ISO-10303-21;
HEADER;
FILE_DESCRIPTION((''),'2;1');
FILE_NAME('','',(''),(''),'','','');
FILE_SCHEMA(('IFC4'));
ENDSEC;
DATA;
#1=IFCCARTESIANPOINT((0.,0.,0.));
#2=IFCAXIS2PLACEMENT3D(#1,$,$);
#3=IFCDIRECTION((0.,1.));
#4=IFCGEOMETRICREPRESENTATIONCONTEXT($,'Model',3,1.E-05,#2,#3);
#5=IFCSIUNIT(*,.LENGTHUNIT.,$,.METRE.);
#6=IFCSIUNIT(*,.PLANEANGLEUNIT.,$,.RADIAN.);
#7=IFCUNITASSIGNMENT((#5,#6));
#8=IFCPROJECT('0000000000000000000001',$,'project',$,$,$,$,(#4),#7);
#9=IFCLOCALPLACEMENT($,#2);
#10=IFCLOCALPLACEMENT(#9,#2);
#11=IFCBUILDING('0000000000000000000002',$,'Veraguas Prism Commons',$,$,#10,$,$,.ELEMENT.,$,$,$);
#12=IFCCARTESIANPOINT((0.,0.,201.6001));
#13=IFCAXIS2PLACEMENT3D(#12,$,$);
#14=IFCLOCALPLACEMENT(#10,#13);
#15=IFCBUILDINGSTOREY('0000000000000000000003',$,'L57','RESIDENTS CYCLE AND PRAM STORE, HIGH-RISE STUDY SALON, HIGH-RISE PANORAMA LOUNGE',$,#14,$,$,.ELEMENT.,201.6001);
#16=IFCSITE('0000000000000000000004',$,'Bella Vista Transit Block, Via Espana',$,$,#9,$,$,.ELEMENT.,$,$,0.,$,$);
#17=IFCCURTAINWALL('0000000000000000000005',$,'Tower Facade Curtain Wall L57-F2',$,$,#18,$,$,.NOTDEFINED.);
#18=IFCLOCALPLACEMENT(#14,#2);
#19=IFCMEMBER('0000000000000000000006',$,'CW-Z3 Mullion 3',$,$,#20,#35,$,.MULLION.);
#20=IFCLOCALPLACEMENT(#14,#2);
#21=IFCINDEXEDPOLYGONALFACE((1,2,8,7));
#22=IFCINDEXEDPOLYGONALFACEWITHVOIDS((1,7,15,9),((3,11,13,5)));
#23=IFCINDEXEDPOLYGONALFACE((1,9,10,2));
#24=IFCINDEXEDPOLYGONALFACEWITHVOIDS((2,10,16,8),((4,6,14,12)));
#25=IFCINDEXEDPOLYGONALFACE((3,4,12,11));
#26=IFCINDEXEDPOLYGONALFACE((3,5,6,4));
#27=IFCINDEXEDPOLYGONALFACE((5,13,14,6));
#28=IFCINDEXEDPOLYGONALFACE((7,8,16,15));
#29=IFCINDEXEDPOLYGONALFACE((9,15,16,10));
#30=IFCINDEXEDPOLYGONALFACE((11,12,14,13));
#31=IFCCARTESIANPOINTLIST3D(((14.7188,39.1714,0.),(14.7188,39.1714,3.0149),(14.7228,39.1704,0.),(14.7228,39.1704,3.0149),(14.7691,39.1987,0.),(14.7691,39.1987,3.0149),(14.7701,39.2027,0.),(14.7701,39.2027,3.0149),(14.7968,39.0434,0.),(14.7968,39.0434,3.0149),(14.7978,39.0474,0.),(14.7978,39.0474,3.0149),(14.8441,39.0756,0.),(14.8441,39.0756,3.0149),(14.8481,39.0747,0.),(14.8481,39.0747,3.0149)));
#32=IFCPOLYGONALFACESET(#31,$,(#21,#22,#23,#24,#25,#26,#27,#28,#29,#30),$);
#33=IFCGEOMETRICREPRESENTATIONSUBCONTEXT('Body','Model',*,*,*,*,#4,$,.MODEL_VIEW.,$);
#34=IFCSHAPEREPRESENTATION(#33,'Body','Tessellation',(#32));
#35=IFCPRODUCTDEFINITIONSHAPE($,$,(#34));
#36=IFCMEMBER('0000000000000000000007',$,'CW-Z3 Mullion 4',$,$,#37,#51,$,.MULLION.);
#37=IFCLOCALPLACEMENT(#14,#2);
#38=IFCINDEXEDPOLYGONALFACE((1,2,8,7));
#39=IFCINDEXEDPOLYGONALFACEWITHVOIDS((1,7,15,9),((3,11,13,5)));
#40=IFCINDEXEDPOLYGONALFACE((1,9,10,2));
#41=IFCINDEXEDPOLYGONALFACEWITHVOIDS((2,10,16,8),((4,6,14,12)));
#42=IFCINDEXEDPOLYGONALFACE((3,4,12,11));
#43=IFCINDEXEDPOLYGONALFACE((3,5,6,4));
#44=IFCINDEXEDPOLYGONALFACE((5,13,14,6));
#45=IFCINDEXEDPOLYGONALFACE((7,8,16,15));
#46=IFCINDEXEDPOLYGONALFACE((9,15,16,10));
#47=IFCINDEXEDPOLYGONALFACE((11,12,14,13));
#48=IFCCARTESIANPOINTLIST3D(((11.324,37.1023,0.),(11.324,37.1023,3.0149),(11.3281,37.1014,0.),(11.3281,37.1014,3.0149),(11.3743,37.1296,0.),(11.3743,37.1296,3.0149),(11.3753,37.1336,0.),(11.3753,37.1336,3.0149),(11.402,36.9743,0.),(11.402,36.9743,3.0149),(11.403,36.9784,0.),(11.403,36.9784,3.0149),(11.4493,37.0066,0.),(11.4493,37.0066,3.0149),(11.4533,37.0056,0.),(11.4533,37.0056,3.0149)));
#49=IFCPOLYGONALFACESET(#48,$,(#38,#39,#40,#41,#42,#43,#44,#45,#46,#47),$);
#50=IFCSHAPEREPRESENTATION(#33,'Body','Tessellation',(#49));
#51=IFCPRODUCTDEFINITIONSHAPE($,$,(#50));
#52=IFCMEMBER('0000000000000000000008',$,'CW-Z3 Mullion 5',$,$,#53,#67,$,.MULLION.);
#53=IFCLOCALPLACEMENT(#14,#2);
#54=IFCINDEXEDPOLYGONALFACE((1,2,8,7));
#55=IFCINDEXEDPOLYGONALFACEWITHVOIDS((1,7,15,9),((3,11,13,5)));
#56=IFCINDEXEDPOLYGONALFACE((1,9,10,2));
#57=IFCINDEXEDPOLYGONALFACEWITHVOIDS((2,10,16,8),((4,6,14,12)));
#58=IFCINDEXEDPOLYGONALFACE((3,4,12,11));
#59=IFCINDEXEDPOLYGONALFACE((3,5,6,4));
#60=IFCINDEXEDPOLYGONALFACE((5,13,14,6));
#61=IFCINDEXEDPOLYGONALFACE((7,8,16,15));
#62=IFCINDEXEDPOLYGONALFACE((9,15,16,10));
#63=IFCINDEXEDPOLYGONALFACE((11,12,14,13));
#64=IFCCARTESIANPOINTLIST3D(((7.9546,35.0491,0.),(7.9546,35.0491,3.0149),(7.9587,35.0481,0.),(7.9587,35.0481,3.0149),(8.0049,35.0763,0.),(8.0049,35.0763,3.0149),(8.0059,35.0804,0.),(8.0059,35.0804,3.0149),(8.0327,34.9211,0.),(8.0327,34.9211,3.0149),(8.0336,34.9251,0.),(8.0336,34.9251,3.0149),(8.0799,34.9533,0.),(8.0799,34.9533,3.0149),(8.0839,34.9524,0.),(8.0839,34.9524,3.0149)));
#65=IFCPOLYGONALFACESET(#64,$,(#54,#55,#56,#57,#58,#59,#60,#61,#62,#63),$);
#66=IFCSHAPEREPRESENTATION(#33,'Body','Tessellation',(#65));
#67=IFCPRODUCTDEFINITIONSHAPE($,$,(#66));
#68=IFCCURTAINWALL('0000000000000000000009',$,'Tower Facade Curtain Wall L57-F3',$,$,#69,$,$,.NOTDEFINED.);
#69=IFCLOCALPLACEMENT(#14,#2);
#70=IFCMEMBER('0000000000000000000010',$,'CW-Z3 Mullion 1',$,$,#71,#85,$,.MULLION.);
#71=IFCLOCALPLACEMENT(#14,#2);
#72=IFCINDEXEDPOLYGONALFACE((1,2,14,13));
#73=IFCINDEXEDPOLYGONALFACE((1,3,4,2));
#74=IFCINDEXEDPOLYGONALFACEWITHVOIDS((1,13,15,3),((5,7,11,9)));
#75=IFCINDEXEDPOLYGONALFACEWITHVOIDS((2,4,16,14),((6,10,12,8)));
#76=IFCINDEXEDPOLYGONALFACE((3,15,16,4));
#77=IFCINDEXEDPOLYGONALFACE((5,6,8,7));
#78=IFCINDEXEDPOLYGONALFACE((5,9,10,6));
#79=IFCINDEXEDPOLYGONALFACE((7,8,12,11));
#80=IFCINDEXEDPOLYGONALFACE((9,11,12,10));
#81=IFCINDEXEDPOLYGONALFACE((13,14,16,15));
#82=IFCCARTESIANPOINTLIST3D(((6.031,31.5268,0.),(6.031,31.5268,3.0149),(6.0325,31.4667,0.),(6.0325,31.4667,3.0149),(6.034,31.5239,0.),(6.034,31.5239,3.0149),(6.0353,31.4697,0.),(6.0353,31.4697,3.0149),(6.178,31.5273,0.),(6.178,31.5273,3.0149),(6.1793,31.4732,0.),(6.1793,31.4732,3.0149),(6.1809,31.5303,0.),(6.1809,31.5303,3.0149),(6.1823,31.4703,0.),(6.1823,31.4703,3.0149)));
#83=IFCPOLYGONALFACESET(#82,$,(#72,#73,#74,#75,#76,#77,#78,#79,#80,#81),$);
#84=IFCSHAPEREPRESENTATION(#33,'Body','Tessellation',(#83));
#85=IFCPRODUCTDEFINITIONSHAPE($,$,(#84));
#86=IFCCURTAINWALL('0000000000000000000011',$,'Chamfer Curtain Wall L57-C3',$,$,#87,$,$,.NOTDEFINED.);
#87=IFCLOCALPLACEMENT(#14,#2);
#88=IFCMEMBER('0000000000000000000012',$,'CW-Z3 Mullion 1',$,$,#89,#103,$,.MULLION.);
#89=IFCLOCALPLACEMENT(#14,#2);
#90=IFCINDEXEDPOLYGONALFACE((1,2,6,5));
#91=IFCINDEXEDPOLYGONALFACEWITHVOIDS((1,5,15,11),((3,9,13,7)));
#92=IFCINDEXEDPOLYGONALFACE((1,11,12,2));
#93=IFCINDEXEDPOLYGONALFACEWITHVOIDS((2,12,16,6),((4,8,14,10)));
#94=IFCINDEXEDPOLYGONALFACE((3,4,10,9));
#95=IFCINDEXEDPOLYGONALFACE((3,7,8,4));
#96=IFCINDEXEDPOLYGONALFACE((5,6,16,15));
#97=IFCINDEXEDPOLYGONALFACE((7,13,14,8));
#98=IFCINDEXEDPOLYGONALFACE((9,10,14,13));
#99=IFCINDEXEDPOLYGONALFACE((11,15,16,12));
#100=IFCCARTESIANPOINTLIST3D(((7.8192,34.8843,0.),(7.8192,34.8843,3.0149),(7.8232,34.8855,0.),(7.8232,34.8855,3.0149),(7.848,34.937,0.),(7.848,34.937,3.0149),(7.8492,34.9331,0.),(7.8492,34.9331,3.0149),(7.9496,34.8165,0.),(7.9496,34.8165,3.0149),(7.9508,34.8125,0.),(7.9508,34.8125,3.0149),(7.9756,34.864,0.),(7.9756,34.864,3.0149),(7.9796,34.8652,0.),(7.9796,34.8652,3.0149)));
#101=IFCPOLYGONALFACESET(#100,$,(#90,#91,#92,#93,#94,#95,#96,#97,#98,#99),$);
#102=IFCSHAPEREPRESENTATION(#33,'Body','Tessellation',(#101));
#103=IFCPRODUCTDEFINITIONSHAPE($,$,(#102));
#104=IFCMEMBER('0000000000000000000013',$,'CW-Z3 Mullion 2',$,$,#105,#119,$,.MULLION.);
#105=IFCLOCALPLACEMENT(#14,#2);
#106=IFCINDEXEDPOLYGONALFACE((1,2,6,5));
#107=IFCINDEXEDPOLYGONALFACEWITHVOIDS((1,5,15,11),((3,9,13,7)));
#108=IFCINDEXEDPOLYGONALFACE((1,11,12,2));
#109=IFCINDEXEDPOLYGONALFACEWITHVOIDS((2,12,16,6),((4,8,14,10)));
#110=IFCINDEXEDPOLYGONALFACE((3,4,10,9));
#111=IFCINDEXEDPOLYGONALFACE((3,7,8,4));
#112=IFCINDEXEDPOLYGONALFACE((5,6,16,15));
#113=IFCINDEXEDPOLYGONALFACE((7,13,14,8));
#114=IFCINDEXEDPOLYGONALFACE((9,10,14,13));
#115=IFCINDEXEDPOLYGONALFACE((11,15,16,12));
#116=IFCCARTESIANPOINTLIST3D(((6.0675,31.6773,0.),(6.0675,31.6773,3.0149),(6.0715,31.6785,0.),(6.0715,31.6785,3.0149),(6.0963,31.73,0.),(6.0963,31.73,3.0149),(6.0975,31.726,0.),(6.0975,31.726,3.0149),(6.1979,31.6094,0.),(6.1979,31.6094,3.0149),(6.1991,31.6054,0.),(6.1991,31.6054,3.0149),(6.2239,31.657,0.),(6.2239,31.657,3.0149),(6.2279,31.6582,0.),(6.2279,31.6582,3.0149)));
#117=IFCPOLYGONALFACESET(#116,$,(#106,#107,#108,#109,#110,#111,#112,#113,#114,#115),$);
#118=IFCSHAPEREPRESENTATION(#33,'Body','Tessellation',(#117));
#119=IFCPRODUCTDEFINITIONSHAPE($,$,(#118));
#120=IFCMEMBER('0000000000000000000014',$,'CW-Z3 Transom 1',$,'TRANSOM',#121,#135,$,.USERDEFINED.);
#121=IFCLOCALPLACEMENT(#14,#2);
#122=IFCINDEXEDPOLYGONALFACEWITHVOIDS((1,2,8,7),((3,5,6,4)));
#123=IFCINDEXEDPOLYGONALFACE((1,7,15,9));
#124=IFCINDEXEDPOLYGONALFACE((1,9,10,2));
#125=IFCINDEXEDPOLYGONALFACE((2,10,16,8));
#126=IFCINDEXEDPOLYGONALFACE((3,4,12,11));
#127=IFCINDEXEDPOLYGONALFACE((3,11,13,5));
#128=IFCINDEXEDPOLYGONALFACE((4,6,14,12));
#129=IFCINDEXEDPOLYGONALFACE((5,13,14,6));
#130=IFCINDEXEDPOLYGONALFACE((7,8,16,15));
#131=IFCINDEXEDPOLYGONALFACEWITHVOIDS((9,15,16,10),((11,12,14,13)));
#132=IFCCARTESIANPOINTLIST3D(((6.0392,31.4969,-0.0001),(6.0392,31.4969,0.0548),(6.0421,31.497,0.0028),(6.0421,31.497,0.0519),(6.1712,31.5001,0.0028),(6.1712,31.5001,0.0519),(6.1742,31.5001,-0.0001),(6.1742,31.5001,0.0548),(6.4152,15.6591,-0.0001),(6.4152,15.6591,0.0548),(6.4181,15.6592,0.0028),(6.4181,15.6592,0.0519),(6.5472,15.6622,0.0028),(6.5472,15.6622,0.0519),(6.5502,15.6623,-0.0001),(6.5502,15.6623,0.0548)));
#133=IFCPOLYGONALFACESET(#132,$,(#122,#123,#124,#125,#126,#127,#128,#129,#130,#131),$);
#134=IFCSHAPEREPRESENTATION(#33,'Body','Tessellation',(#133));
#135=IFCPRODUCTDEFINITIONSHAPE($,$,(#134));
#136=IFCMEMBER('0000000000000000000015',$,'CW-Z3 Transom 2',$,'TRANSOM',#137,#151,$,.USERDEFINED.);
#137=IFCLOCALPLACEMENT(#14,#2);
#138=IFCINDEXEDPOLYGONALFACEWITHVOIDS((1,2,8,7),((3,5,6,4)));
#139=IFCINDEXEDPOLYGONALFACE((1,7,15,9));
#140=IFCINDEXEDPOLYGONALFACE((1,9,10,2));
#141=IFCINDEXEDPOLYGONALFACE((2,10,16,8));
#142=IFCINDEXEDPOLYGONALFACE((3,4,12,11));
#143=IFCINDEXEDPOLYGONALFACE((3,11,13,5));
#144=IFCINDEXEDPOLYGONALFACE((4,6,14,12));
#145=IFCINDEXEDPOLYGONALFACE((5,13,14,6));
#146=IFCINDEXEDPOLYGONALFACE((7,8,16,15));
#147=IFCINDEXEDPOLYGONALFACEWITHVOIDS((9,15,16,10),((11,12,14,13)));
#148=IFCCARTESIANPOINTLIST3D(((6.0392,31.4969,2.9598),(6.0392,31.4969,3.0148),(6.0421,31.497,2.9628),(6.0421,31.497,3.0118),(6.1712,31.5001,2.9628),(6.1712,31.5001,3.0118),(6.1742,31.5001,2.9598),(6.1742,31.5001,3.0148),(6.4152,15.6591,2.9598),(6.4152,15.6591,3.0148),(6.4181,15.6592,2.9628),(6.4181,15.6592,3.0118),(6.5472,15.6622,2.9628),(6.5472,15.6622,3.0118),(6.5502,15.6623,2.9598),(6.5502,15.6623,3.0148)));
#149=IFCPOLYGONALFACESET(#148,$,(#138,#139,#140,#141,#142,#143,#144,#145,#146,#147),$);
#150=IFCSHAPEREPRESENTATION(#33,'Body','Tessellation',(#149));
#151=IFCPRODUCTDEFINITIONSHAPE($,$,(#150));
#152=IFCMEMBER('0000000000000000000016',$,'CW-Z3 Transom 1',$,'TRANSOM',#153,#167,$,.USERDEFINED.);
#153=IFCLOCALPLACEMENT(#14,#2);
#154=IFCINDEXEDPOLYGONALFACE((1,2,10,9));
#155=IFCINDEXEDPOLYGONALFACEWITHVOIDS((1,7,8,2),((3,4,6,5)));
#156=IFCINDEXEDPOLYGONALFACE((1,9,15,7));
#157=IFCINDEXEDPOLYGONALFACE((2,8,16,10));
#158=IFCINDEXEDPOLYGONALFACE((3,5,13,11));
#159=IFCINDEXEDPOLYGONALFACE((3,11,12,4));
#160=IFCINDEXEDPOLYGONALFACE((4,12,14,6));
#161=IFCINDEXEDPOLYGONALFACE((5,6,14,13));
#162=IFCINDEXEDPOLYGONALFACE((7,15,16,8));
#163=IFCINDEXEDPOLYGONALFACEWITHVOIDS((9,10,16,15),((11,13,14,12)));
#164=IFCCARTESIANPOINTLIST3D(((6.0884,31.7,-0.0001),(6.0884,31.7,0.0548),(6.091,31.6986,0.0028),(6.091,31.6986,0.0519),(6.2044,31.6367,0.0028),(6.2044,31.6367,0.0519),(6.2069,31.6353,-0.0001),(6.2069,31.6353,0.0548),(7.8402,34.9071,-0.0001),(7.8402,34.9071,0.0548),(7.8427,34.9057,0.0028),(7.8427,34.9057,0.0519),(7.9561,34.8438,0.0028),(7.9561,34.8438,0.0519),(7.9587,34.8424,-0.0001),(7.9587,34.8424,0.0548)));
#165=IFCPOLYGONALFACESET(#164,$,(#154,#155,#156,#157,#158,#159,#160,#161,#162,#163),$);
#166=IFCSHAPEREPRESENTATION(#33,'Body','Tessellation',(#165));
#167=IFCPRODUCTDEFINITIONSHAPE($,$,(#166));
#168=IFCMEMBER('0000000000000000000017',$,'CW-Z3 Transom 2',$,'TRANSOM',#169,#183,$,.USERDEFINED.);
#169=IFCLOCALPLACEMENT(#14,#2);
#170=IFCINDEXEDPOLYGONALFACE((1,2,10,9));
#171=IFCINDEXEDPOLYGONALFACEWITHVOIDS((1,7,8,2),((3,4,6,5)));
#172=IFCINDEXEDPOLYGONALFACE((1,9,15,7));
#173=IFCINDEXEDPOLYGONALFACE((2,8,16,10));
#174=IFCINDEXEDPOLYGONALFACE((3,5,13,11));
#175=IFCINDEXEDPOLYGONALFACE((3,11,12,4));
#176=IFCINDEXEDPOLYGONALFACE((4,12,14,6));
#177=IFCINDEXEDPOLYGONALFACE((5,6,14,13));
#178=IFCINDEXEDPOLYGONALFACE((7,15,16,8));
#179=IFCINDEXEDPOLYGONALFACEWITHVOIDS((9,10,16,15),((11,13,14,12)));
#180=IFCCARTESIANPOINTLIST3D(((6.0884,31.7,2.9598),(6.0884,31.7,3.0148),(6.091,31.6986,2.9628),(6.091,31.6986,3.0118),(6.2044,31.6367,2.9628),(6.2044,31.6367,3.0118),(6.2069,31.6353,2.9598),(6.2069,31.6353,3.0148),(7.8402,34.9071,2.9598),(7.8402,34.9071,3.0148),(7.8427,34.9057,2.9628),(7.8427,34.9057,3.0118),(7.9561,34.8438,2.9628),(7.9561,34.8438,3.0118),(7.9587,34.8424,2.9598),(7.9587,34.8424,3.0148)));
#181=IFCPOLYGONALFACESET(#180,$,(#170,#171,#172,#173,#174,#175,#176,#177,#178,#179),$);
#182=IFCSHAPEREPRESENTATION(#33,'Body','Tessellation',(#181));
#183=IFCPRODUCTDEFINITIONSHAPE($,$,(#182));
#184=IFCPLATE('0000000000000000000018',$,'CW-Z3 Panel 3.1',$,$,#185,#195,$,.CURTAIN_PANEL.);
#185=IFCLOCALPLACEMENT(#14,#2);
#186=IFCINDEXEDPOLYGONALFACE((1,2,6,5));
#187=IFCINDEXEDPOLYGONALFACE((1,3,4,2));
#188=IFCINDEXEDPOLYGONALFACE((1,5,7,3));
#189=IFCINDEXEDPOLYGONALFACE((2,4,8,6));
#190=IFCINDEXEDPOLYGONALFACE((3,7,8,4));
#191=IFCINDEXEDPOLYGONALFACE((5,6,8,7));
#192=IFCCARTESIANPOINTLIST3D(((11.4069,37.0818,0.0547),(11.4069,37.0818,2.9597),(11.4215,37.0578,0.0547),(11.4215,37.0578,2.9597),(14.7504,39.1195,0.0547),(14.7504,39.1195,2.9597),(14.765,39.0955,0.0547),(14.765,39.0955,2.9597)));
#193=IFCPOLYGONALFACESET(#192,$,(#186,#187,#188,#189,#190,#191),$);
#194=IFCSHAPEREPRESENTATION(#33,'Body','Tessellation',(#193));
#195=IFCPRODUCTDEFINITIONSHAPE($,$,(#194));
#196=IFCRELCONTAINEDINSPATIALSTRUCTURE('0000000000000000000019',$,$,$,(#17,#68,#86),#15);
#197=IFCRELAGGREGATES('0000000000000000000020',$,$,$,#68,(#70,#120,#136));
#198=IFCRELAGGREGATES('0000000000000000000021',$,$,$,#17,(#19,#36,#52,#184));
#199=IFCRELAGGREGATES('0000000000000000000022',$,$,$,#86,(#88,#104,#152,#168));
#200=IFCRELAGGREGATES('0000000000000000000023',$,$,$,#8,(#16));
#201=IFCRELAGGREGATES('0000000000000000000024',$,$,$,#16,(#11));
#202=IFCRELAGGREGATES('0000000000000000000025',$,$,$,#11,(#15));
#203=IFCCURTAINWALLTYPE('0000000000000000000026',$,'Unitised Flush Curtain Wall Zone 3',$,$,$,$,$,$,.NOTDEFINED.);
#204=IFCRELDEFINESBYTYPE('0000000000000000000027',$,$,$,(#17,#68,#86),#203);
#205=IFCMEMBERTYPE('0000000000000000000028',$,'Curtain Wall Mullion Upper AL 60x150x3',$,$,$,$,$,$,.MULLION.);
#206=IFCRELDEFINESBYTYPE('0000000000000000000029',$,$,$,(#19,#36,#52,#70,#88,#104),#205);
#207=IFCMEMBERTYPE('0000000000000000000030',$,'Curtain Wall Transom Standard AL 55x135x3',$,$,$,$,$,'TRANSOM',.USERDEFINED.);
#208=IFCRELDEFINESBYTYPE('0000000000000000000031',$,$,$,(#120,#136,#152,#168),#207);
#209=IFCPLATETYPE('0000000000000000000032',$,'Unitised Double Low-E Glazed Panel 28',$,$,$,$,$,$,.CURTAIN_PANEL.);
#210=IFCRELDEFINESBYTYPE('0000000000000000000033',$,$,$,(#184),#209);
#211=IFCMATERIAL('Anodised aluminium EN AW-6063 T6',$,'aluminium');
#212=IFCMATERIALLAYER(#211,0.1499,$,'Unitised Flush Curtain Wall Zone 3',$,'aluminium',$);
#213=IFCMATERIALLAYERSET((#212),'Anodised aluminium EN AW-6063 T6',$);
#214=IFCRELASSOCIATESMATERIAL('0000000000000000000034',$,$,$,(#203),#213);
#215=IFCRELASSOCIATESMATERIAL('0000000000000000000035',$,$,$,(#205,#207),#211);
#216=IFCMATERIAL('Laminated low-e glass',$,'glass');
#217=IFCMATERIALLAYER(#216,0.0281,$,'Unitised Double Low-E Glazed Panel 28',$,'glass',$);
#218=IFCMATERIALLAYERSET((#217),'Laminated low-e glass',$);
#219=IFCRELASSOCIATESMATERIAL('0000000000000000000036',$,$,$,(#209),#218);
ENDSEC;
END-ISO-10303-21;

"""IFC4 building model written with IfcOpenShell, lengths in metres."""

from ifc_helpers import new_model, si_unit, direction, frame, origin, origin_2d, place, context, subcontext, project, spatial, rectangle, hollow_rectangle, extrude, source, transform, mapped, material, layer, layer_set, material_profile, profile_set, type_object, element, aggregate, save


model = new_model("IFC4")

# Units and contexts
model_context = context("Model", 3, precision=1e-05, world=origin(), true_north=direction((0.0, 1.0)))
body_context = subcontext(model_context, "Body", "Model", "MODEL_VIEW")
ifc_project = project(units=[si_unit("LENGTHUNIT", "METRE"), si_unit("PLANEANGLEUNIT", "RADIAN")], contexts=[model_context])

# Site, building, storey
site_placement = place(None, origin())
site = spatial("IfcSite", under=ifc_project, at=site_placement, Name="Bella Vista Transit Block, Via Espana", CompositionType="ELEMENT", RefElevation=0.0)
building_placement = place(site_placement, origin())
building = spatial("IfcBuilding", under=site, at=building_placement, Name="Veraguas Prism Commons", CompositionType="ELEMENT")
storey_placement = place(building_placement, frame((0.0, 0.0, 201.6001)))
storey = spatial("IfcBuildingStorey", under=building, at=storey_placement, Name="L57", Description="RESIDENTS CYCLE AND PRAM STORE, HIGH-RISE STUDY SALON, HIGH-RISE PANORAMA LOUNGE", CompositionType="ELEMENT", Elevation=201.6001)

# Curtain wall, members
ifc_material_1 = material(Name="Anodised aluminium EN AW-6063 T6", Category="aluminium")
ifc_layer_1 = layer(ifc_material_1, 0.1499, Name="Unitised Flush Curtain Wall Zone 3", Category="aluminium")
ifc_layer_set_1 = layer_set([ifc_layer_1], Name="Anodised aluminium EN AW-6063 T6")
curtain_wall_type = type_object("IfcCurtainWallType", Name="Unitised Flush Curtain Wall Zone 3", PredefinedType="NOTDEFINED", material=ifc_layer_set_1)
curtain_wall_1_placement = place(storey_placement, origin())
curtain_wall_1 = element("IfcCurtainWall", 1, at=curtain_wall_1_placement, inside=storey, type_object=curtain_wall_type, Name="Tower Facade Curtain Wall L57-F2", PredefinedType="NOTDEFINED")
ifc_material_profile_1 = material_profile(ifc_material_1, hollow_rectangle(XDim=0.0601, YDim=0.1499, WallThickness=0.0029, at=origin_2d()), Name="AL60X150X3")
ifc_profile_set_1 = profile_set([ifc_material_profile_1], Name="Anodised aluminium EN AW-6063 T6")
member_type_1 = type_object("IfcMemberType", Name="Curtain Wall Mullion Upper AL 60x150x3", PredefinedType="MULLION", material=ifc_profile_set_1)
shared_shape_1 = source(origin(), body_context, "Body", "SweptSolid", [
    extrude(hollow_rectangle(XDim=0.0601, YDim=0.1499, WallThickness=0.0029, at=origin_2d()), origin(), (0.0, 0.0, 1.0), 3.0149),
])
member_1_placement = place(storey_placement, frame((14.7834, 39.123, 0.0), z_axis=(0.0, 0.0, 1.0), x_axis=(-0.853914, -0.520414, 0.0)))
member_1 = element("IfcMember", 2, at=member_1_placement, type_object=member_type_1, Name="CW-Z3 Mullion 3", PredefinedType="MULLION", context=body_context, shape_type="MappedRepresentation", body=[
    mapped(shared_shape_1, transform((0.0, 0.0, 0.0), scale=1.0)),
])
member_2_placement = place(storey_placement, frame((11.3887, 37.054, 0.0), z_axis=(0.0, 0.0, 1.0), x_axis=(-0.853914, -0.520414, 0.0)))
member_2 = element("IfcMember", 3, at=member_2_placement, type_object=member_type_1, Name="CW-Z3 Mullion 4", PredefinedType="MULLION", context=body_context, shape_type="MappedRepresentation", body=[
    mapped(shared_shape_1, transform((0.0, 0.0, 0.0), scale=1.0)),
])
member_3_placement = place(storey_placement, frame((8.0193, 35.0007, 0.0), z_axis=(0.0, 0.0, 1.0), x_axis=(-0.853914, -0.520414, 0.0)))
member_3 = element("IfcMember", 4, at=member_3_placement, type_object=member_type_1, Name="CW-Z3 Mullion 5", PredefinedType="MULLION", context=body_context, shape_type="MappedRepresentation", body=[
    mapped(shared_shape_1, transform((0.0, 0.0, 0.0), scale=1.0)),
])

# Curtain wall, member
curtain_wall_2_placement = place(storey_placement, origin())
curtain_wall_2 = element("IfcCurtainWall", 5, at=curtain_wall_2_placement, inside=storey, type_object=curtain_wall_type, Name="Tower Facade Curtain Wall L57-F3", PredefinedType="NOTDEFINED")
member_4_placement = place(storey_placement, frame((6.1067, 31.4985, 0.0), z_axis=(0.0, 0.0, 1.0), x_axis=(0.023738, -0.999718, 0.0)))
member_4 = element("IfcMember", 6, at=member_4_placement, type_object=member_type_1, Name="CW-Z3 Mullion 1", PredefinedType="MULLION", context=body_context, shape_type="MappedRepresentation", body=[
    mapped(shared_shape_1, transform((0.0, 0.0, 0.0), scale=1.0)),
])

# Curtain wall, members
curtain_wall_3_placement = place(storey_placement, origin())
curtain_wall_3 = element("IfcCurtainWall", 7, at=curtain_wall_3_placement, inside=storey, type_object=curtain_wall_type, Name="Chamfer Curtain Wall L57-C3", PredefinedType="NOTDEFINED")
member_5_placement = place(storey_placement, frame((7.8994, 34.8748, 0.0), z_axis=(0.0, 0.0, 1.0), x_axis=(-0.479303, -0.877649, 0.0)))
member_5 = element("IfcMember", 8, at=member_5_placement, type_object=member_type_1, Name="CW-Z3 Mullion 1", PredefinedType="MULLION", context=body_context, shape_type="MappedRepresentation", body=[
    mapped(shared_shape_1, transform((0.0, 0.0, 0.0), scale=1.0)),
])
member_6_placement = place(storey_placement, frame((6.1477, 31.6677, 0.0), z_axis=(0.0, 0.0, 1.0), x_axis=(-0.479303, -0.877649, 0.0)))
member_6 = element("IfcMember", 9, at=member_6_placement, type_object=member_type_1, Name="CW-Z3 Mullion 2", PredefinedType="MULLION", context=body_context, shape_type="MappedRepresentation", body=[
    mapped(shared_shape_1, transform((0.0, 0.0, 0.0), scale=1.0)),
])

# Members
ifc_material_profile_2 = material_profile(ifc_material_1, hollow_rectangle(XDim=0.0549, YDim=0.135, WallThickness=0.0029, at=origin_2d()), Name="AL55X135X3")
ifc_profile_set_2 = profile_set([ifc_material_profile_2], Name="Anodised aluminium EN AW-6063 T6")
member_type_2 = type_object("IfcMemberType", Name="Curtain Wall Transom Standard AL 55x135x3", ElementType="TRANSOM", PredefinedType="USERDEFINED", material=ifc_profile_set_2)
shared_shape_2 = source(origin(), body_context, "Body", "SweptSolid", [
    extrude(hollow_rectangle(XDim=0.0549, YDim=0.135, WallThickness=0.0029, at=origin_2d()), origin(), (0.0, 0.0, 1.0), 15.8423),
])
member_7_placement = place(storey_placement, frame((6.1067, 31.4985, 0.0273), z_axis=(0.023732, -0.999718, 0.0), x_axis=(0.0, 0.0, 1.0)))
member_7 = element("IfcMember", 10, at=member_7_placement, type_object=member_type_2, Name="CW-Z3 Transom 1", ObjectType="TRANSOM", PredefinedType="USERDEFINED", context=body_context, shape_type="MappedRepresentation", body=[
    mapped(shared_shape_2, transform((0.0, 0.0, 0.0), scale=1.0)),
])
member_8_placement = place(storey_placement, frame((6.1067, 31.4985, 2.9873), z_axis=(0.023732, -0.999718, 0.0), x_axis=(0.0, 0.0, 1.0)))
member_8 = element("IfcMember", 11, at=member_8_placement, type_object=member_type_2, Name="CW-Z3 Transom 2", ObjectType="TRANSOM", PredefinedType="USERDEFINED", context=body_context, shape_type="MappedRepresentation", body=[
    mapped(shared_shape_2, transform((0.0, 0.0, 0.0), scale=1.0)),
])
aggregate(curtain_wall_2, [member_4, member_7, member_8])
shared_shape_3 = source(origin(), body_context, "Body", "SweptSolid", [
    extrude(hollow_rectangle(XDim=0.0549, YDim=0.135, WallThickness=0.0029, at=origin_2d()), origin(), (0.0, 0.0, 1.0), 3.6543),
])
member_9_placement = place(storey_placement, frame((7.8994, 34.8748, 0.0273), z_axis=(-0.479362, -0.877617, 0.0), x_axis=(0.0, 0.0, 1.0)))
member_9 = element("IfcMember", 12, at=member_9_placement, type_object=member_type_2, Name="CW-Z3 Transom 1", ObjectType="TRANSOM", PredefinedType="USERDEFINED", context=body_context, shape_type="MappedRepresentation", body=[
    mapped(shared_shape_3, transform((0.0, 0.0, 0.0), scale=1.0)),
])
member_10_placement = place(storey_placement, frame((7.8994, 34.8748, 2.9873), z_axis=(-0.479362, -0.877617, 0.0), x_axis=(0.0, 0.0, 1.0)))
member_10 = element("IfcMember", 13, at=member_10_placement, type_object=member_type_2, Name="CW-Z3 Transom 2", ObjectType="TRANSOM", PredefinedType="USERDEFINED", context=body_context, shape_type="MappedRepresentation", body=[
    mapped(shared_shape_3, transform((0.0, 0.0, 0.0), scale=1.0)),
])

# Plate
ifc_material_2 = material(Name="Laminated low-e glass", Category="glass")
ifc_layer_2 = layer(ifc_material_2, 0.0281, Name="Unitised Double Low-E Glazed Panel 28", Category="glass")
ifc_layer_set_2 = layer_set([ifc_layer_2], Name="Laminated low-e glass")
plate_type = type_object("IfcPlateType", Name="Unitised Double Low-E Glazed Panel 28", PredefinedType="CURTAIN_PANEL", material=ifc_layer_set_2)
shared_shape_4 = source(origin(), body_context, "Body", "SweptSolid", [
    extrude(rectangle(XDim=3.9155, YDim=0.0281, at=origin_2d()), origin(), (0.0, 0.0, 1.0), 2.905),
])
plate_1_placement = place(storey_placement, frame((13.0859, 38.0886, 0.0547), z_axis=(0.0, 0.0, 1.0), x_axis=(-0.853914, -0.520414, 0.0)))
plate_1 = element("IfcPlate", 14, at=plate_1_placement, type_object=plate_type, Name="CW-Z3 Panel 3.1", PredefinedType="CURTAIN_PANEL", context=body_context, shape_type="MappedRepresentation", body=[
    mapped(shared_shape_4, transform((0.0, 0.0, 0.0), scale=1.0)),
])
aggregate(curtain_wall_1, [member_1, member_2, member_3, plate_1])
aggregate(curtain_wall_3, [member_5, member_6, member_9, member_10])

save(model, "model.ifc")
